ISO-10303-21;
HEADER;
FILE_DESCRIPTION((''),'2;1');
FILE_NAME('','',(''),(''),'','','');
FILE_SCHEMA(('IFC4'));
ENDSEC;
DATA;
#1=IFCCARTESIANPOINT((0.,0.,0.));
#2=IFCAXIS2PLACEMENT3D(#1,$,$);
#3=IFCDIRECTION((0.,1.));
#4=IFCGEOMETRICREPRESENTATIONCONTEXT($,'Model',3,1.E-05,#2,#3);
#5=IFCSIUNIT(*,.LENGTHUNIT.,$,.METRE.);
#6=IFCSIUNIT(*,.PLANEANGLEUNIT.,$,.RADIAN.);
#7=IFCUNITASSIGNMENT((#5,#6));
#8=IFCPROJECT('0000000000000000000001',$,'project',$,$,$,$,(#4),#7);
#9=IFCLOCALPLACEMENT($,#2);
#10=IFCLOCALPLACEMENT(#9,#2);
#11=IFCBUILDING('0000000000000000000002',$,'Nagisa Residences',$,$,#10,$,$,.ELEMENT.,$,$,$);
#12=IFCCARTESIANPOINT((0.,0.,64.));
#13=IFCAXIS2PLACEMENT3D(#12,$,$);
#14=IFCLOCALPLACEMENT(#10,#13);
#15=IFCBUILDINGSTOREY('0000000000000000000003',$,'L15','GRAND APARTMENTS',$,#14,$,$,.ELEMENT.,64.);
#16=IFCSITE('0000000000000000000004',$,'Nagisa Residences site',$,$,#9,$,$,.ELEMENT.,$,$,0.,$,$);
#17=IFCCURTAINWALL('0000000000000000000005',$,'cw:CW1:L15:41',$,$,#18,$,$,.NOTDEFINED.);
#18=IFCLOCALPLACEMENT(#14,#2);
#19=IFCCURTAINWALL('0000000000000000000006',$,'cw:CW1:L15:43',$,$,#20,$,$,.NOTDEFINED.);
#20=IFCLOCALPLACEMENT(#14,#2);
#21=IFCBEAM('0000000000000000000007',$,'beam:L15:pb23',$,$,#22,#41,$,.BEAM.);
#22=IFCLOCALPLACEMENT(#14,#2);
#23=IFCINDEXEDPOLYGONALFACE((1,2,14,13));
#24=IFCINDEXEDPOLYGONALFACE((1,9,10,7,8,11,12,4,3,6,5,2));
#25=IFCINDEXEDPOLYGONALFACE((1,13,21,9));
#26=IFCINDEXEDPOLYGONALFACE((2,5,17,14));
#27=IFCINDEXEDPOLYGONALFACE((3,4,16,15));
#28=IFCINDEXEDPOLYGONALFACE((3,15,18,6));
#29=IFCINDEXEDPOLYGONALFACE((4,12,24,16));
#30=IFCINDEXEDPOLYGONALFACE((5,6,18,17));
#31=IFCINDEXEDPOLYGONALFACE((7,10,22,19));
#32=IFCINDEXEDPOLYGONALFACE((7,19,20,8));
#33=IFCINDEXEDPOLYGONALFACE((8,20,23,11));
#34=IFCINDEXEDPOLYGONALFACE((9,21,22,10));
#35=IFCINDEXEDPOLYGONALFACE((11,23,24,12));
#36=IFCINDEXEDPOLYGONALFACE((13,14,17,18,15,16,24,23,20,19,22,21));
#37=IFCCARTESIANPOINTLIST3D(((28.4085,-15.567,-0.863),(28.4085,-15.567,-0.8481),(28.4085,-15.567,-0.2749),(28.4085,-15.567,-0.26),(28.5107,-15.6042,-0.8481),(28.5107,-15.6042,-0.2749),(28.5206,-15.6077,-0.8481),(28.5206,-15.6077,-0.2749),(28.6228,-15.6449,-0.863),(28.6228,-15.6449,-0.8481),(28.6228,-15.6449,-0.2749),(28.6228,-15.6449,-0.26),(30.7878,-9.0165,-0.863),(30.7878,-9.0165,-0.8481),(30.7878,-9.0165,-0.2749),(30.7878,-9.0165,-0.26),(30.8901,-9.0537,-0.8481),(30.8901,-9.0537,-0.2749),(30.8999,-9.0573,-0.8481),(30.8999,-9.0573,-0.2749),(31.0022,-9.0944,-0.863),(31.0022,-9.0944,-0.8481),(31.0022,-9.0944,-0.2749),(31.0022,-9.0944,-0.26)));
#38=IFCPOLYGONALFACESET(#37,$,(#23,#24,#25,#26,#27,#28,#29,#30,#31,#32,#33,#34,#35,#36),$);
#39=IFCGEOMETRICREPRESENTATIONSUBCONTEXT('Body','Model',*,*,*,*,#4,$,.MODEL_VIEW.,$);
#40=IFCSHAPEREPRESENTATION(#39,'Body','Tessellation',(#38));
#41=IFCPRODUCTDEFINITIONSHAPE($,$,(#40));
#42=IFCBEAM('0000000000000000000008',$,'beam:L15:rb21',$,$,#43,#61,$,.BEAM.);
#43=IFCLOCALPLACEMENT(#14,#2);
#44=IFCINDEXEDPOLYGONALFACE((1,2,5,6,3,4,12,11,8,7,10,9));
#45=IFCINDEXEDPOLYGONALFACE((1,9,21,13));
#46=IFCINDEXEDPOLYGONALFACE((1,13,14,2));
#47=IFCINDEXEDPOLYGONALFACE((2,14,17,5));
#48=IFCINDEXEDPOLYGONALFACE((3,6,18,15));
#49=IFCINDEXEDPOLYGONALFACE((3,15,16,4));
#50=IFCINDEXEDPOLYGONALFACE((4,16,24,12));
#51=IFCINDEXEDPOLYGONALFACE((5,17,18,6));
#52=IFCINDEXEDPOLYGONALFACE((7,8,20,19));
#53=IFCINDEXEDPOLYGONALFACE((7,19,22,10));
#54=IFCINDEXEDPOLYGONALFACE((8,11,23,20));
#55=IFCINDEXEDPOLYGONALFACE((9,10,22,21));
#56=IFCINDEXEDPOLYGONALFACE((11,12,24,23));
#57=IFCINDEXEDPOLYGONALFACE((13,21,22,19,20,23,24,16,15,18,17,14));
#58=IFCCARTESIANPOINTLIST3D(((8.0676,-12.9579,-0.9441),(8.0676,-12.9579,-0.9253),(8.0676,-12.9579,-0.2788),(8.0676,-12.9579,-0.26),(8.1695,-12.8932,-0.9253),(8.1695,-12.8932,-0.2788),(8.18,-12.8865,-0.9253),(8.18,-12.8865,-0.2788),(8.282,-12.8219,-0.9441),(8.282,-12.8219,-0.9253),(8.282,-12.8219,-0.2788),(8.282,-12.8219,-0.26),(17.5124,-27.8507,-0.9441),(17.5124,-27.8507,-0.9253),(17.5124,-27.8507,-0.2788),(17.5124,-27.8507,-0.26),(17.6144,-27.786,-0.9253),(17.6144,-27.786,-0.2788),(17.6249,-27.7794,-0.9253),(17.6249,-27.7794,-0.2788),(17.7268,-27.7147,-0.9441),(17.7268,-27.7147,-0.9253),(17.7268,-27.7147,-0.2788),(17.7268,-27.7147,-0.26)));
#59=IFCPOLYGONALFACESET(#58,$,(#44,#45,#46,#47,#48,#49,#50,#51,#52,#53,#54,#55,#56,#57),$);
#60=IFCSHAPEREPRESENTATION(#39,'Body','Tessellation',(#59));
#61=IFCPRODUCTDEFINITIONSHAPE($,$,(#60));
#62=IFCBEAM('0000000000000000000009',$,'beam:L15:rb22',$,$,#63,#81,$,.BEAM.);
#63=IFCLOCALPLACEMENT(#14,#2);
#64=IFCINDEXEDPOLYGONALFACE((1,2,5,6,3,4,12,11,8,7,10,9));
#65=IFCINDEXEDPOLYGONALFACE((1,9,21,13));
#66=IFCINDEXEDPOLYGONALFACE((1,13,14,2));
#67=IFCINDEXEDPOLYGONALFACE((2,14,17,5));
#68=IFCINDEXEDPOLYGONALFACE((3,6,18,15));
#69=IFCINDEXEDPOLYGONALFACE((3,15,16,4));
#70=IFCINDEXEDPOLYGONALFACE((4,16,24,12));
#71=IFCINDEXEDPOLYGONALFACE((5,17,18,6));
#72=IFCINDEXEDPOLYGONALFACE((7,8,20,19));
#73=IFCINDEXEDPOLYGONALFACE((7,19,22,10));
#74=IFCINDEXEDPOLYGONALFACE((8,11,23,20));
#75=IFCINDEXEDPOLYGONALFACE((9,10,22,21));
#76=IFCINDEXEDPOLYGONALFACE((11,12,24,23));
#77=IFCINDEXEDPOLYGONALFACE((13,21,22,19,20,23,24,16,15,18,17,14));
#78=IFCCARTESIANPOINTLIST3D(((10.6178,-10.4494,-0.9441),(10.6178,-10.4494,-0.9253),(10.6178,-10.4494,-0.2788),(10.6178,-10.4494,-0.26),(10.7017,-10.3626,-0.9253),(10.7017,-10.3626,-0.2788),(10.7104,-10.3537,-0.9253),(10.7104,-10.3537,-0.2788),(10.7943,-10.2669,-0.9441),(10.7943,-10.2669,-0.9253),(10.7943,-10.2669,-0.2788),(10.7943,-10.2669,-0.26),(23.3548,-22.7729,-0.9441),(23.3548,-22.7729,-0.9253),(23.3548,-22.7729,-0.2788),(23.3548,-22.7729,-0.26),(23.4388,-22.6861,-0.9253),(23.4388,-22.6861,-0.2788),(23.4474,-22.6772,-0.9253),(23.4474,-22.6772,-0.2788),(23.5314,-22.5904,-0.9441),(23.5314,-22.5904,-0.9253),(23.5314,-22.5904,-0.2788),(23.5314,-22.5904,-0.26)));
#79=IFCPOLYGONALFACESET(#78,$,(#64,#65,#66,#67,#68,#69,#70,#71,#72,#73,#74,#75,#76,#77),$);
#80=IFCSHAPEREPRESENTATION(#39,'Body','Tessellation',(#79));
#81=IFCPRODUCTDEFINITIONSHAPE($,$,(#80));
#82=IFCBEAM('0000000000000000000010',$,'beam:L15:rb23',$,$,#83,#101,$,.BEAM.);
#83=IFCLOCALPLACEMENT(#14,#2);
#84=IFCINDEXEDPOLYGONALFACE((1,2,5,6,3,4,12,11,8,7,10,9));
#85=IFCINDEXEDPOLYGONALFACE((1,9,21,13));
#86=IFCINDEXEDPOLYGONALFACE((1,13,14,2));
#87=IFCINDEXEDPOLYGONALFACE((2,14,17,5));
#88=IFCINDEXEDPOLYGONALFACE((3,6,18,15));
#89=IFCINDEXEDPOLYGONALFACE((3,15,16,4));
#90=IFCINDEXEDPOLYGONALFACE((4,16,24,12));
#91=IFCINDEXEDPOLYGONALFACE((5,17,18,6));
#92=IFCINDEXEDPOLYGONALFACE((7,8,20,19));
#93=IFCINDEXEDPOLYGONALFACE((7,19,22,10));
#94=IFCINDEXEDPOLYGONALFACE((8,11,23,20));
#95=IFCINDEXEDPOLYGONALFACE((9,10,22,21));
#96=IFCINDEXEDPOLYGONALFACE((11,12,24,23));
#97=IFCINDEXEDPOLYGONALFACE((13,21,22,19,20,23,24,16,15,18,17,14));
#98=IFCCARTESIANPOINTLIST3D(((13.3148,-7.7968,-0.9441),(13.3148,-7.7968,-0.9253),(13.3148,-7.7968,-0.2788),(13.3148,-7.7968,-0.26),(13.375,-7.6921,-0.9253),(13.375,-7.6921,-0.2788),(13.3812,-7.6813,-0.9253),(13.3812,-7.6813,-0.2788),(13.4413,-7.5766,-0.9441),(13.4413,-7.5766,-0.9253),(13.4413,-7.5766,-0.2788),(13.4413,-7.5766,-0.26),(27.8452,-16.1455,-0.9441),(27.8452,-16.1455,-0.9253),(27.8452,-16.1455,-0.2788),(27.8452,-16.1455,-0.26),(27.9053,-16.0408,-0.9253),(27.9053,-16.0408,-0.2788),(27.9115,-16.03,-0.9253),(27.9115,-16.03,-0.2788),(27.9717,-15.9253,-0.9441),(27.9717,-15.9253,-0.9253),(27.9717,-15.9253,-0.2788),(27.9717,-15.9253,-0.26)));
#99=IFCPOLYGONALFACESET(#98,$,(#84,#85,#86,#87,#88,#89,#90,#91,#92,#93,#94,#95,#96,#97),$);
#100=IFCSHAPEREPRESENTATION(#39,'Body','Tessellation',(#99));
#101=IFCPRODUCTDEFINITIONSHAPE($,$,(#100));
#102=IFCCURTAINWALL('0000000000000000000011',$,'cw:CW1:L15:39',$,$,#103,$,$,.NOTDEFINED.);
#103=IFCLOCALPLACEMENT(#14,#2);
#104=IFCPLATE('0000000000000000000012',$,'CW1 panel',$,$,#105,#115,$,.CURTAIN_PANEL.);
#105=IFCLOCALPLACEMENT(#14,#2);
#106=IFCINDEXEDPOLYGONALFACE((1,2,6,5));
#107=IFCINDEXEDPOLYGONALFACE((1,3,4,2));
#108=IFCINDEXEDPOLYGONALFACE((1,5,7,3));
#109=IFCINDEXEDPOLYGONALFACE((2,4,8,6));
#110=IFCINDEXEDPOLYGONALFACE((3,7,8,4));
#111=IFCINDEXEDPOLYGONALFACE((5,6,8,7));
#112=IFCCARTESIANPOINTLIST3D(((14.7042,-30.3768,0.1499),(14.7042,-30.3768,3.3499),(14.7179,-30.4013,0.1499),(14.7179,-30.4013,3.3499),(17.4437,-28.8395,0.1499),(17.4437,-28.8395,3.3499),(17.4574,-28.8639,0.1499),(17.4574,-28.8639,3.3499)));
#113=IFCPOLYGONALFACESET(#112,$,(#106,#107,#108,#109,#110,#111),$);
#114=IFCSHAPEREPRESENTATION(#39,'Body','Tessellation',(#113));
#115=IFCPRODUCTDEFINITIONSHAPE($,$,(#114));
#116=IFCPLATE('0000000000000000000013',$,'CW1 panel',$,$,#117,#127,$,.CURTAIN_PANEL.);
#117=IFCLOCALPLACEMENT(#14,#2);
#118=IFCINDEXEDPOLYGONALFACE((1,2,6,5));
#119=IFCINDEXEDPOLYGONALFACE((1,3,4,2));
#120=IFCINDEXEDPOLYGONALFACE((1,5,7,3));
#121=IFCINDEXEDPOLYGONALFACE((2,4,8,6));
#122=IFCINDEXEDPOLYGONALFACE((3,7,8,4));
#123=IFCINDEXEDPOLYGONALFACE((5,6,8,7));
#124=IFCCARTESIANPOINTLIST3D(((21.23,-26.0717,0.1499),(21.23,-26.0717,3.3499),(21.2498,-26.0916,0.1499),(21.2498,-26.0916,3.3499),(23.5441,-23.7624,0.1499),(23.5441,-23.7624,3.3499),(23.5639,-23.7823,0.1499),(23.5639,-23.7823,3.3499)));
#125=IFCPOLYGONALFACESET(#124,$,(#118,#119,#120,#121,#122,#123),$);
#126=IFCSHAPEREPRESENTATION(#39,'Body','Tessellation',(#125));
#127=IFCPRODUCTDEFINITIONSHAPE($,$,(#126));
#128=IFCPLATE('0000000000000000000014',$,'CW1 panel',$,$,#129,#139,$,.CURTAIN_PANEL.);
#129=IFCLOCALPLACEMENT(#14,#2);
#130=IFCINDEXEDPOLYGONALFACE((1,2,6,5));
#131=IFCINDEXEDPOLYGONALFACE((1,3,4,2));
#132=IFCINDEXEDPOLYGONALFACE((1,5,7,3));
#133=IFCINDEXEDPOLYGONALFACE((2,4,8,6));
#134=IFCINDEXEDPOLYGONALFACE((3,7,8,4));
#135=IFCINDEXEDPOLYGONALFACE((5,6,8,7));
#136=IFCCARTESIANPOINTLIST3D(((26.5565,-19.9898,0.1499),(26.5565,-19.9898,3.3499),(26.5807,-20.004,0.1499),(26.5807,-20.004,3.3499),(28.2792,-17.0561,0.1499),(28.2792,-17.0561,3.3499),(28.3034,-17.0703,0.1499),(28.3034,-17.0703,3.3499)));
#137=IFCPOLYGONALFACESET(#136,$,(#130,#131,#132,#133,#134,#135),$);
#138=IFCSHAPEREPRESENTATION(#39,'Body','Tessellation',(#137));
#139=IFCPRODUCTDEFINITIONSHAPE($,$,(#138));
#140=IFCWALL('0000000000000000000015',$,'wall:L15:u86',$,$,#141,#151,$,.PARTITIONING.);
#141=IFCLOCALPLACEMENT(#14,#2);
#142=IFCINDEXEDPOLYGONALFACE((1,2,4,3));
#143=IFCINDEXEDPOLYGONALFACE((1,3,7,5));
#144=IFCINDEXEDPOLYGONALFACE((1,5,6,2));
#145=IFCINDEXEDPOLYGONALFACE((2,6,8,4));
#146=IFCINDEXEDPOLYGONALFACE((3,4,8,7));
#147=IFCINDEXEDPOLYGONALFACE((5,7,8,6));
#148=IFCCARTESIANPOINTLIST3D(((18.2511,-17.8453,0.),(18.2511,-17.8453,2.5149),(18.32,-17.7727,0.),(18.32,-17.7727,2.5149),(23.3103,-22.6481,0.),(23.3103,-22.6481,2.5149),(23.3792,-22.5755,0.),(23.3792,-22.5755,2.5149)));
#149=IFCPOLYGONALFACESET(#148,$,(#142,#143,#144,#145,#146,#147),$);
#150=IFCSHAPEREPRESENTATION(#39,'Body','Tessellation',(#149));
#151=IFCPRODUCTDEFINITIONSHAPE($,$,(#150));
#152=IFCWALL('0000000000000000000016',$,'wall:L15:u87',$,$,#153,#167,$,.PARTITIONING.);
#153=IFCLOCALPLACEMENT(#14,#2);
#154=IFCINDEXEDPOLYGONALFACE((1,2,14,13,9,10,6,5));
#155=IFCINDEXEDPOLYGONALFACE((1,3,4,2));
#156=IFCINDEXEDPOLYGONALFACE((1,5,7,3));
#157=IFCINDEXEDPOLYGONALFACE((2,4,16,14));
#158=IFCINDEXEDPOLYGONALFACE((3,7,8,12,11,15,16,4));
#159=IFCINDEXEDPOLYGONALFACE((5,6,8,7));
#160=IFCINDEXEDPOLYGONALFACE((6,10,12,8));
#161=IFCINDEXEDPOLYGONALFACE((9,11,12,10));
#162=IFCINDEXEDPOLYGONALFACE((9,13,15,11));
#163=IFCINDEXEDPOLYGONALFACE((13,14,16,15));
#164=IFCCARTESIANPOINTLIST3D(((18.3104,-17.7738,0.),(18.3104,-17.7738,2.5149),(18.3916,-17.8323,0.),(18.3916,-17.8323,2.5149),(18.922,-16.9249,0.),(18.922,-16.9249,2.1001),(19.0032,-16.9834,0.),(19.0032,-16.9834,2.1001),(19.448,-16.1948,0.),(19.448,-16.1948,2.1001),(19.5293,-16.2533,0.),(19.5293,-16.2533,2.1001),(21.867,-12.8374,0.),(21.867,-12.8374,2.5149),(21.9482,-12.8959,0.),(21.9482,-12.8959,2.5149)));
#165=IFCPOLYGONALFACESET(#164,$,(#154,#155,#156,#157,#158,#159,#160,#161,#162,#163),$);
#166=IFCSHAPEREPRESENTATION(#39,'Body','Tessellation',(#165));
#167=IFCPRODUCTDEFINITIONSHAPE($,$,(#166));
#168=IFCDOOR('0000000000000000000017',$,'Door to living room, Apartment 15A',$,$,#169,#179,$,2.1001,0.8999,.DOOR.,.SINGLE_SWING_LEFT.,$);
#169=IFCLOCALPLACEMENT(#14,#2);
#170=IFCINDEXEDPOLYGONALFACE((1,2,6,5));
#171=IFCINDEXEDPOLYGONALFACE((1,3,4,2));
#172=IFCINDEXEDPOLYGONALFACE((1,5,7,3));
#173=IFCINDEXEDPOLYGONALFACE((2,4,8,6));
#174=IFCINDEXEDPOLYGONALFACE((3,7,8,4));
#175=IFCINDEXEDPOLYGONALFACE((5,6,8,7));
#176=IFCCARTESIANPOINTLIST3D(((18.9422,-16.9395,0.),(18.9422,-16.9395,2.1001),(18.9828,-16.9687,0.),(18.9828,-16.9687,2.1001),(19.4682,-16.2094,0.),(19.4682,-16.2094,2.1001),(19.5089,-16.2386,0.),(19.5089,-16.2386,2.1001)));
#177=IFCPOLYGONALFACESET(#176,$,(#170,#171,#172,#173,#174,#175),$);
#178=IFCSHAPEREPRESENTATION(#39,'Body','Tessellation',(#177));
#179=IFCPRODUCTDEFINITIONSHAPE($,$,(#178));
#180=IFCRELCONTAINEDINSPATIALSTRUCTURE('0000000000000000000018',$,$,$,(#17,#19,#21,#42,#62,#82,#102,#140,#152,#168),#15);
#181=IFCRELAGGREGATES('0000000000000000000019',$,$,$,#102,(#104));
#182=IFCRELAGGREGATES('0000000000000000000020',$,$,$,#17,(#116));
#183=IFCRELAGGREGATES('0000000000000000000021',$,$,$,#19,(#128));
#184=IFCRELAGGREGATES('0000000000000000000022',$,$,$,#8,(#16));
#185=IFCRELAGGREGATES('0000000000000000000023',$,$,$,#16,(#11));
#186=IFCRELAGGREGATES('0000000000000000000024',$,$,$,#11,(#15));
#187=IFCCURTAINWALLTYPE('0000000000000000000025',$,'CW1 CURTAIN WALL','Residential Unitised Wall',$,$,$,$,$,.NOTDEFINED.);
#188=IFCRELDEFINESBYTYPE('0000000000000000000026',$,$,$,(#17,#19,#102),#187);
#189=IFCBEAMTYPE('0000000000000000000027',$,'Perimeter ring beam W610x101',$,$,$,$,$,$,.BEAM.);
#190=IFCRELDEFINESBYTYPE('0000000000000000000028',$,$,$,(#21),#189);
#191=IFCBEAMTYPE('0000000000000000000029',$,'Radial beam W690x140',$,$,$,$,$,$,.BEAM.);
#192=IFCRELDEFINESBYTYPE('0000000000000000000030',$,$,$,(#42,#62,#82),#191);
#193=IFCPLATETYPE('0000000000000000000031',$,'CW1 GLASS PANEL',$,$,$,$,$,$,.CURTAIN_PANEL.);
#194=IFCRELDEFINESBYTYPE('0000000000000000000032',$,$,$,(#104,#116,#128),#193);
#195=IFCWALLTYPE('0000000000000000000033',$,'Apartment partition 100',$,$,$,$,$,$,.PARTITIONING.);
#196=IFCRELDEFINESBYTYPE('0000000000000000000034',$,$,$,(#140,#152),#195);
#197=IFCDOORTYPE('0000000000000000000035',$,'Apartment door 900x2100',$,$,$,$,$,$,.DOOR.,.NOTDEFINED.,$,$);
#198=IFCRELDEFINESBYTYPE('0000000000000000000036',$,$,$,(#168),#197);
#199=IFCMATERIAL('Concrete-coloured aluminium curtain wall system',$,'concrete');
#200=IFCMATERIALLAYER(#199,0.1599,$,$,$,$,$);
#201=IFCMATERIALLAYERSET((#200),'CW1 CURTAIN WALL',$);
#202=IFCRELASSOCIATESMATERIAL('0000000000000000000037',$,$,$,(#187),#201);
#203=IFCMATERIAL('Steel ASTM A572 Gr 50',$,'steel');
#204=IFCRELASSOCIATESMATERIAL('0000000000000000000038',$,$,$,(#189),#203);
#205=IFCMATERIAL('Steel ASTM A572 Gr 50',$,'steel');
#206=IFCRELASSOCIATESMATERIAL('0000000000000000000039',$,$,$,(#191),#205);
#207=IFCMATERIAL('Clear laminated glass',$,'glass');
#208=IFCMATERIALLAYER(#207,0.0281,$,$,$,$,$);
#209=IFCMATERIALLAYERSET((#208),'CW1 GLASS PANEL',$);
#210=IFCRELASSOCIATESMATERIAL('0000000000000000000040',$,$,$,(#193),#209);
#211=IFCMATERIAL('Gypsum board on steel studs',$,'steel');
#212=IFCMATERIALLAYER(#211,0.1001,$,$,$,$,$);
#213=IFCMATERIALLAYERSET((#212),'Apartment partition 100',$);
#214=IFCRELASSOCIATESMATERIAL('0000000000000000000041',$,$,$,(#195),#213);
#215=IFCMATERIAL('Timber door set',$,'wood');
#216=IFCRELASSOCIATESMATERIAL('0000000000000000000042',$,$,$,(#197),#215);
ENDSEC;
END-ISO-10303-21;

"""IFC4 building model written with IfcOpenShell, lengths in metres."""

from ifc_helpers import new_model, si_unit, direction, frame, frame_2d, origin, origin_2d, place, context, subcontext, project, spatial, rectangle, i_section, extrude, material, layer, layer_set, material_profile, profile_set, type_object, element, fill, aggregate, save


model = new_model("IFC4")

# Units and contexts
model_context = context("Model", 3, precision=1e-05, world=origin(), true_north=direction((0.0, 1.0)))
body_context = subcontext(model_context, "Body", "Model", "MODEL_VIEW")
ifc_project = project(units=[si_unit("LENGTHUNIT", "METRE"), si_unit("PLANEANGLEUNIT", "RADIAN")], contexts=[model_context])

# Site, building, storey
site_placement = place(None, origin())
site = spatial("IfcSite", under=ifc_project, at=site_placement, Name="Nagisa Residences site", CompositionType="ELEMENT", RefElevation=0.0)
building_placement = place(site_placement, origin())
building = spatial("IfcBuilding", under=site, at=building_placement, Name="Nagisa Residences", CompositionType="ELEMENT")
storey_placement = place(building_placement, frame((0.0, 0.0, 64.0)))
storey = spatial("IfcBuildingStorey", under=building, at=storey_placement, Name="L15", Description="GRAND APARTMENTS", CompositionType="ELEMENT", Elevation=64.0)

# Curtain walls
ifc_material_1 = material(Name="Concrete-coloured aluminium curtain wall system", Category="concrete")
ifc_layer_1 = layer(ifc_material_1, 0.1599)
ifc_layer_set_1 = layer_set([ifc_layer_1], Name="CW1 CURTAIN WALL")
curtain_wall_type = type_object("IfcCurtainWallType", Name="CW1 CURTAIN WALL", Description="Residential Unitised Wall", PredefinedType="NOTDEFINED", material=ifc_layer_set_1)
curtain_wall_1_placement = place(storey_placement, origin())
curtain_wall_1 = element("IfcCurtainWall", 1, at=curtain_wall_1_placement, inside=storey, type_object=curtain_wall_type, Name="cw:CW1:L15:41", PredefinedType="NOTDEFINED")
curtain_wall_2_placement = place(storey_placement, origin())
curtain_wall_2 = element("IfcCurtainWall", 2, at=curtain_wall_2_placement, inside=storey, type_object=curtain_wall_type, Name="cw:CW1:L15:43", PredefinedType="NOTDEFINED")

# Beams
ifc_material_2 = material(Name="Steel ASTM A572 Gr 50", Category="steel")
ifc_material_profile_1 = material_profile(ifc_material_2, i_section(OverallWidth=0.228, OverallDepth=0.603, WebThickness=0.0105, FlangeThickness=0.0149, at=origin_2d()), Name="W610x101")
ifc_profile_set_1 = profile_set([ifc_material_profile_1], Name="Steel ASTM A572 Gr 50")
beam_type_1 = type_object("IfcBeamType", Name="Perimeter ring beam W610x101", PredefinedType="BEAM", material=ifc_profile_set_1)
beam_1_placement = place(storey_placement, frame((28.5156, -15.606, -0.5615), z_axis=(0.341411, 0.939914, 0.0), x_axis=(-0.939914, 0.341411, 0.0)))
element("IfcBeam", 3, at=beam_1_placement, inside=storey, type_object=beam_type_1, Name="beam:L15:pb23", PredefinedType="BEAM", context=body_context, shape_type="SweptSolid", body=[
    extrude(i_section(OverallWidth=0.228, OverallDepth=0.603, WebThickness=0.0105, FlangeThickness=0.0149, at=origin_2d()), origin(), (0.0, 0.0, 1.0), 6.9692),
])
ifc_material_3 = material(Name="Steel ASTM A572 Gr 50", Category="steel")
ifc_material_profile_2 = material_profile(ifc_material_3, i_section(OverallWidth=0.2539, OverallDepth=0.6841, WebThickness=0.0125, FlangeThickness=0.0188, at=origin_2d()), Name="W690x140")
ifc_profile_set_2 = profile_set([ifc_material_profile_2], Name="Steel ASTM A572 Gr 50")
beam_type_2 = type_object("IfcBeamType", Name="Radial beam W690x140", PredefinedType="BEAM", material=ifc_profile_set_2)
beam_2_placement = place(storey_placement, frame((17.6196, -27.7827, -0.6021), z_axis=(-0.535566, 0.844493, 0.0), x_axis=(-0.844493, -0.535566, 0.0)))
element("IfcBeam", 4, at=beam_2_placement, inside=storey, type_object=beam_type_2, Name="beam:L15:rb21", PredefinedType="BEAM", context=body_context, shape_type="SweptSolid", body=[
    extrude(i_section(OverallWidth=0.2539, OverallDepth=0.6841, WebThickness=0.0125, FlangeThickness=0.0188, at=origin_2d()), origin(), (0.0, 0.0, 1.0), 17.6353),
])
beam_3_placement = place(storey_placement, frame((23.4431, -22.6816, -0.6021), z_axis=(-0.718678, 0.695343, 0.0), x_axis=(-0.695343, -0.718678, 0.0)))
element("IfcBeam", 5, at=beam_3_placement, inside=storey, type_object=beam_type_2, Name="beam:L15:rb22", PredefinedType="BEAM", context=body_context, shape_type="SweptSolid", body=[
    extrude(i_section(OverallWidth=0.2539, OverallDepth=0.6841, WebThickness=0.0125, FlangeThickness=0.0188, at=origin_2d()), origin(), (0.0, 0.0, 1.0), 17.7229),
])
beam_4_placement = place(storey_placement, frame((27.9084, -16.0354, -0.6021), z_axis=(-0.867068, 0.49819, 0.0), x_axis=(-0.49819, -0.867068, 0.0)))
element("IfcBeam", 6, at=beam_4_placement, inside=storey, type_object=beam_type_2, Name="beam:L15:rb23", PredefinedType="BEAM", context=body_context, shape_type="SweptSolid", body=[
    extrude(i_section(OverallWidth=0.2539, OverallDepth=0.6841, WebThickness=0.0125, FlangeThickness=0.0188, at=origin_2d()), origin(), (0.0, 0.0, 1.0), 16.7581),
])

# Curtain wall, plate
curtain_wall_3_placement = place(storey_placement, origin())
curtain_wall_3 = element("IfcCurtainWall", 7, at=curtain_wall_3_placement, inside=storey, type_object=curtain_wall_type, Name="cw:CW1:L15:39", PredefinedType="NOTDEFINED")
ifc_material_4 = material(Name="Clear laminated glass", Category="glass")
ifc_layer_2 = layer(ifc_material_4, 0.0281)
ifc_layer_set_2 = layer_set([ifc_layer_2], Name="CW1 GLASS PANEL")
plate_type = type_object("IfcPlateType", Name="CW1 GLASS PANEL", PredefinedType="CURTAIN_PANEL", material=ifc_layer_set_2)
plate_1_placement = place(storey_placement, frame((16.0808, -29.6204, 0.1499), z_axis=(0.0, 0.0, 1.0), x_axis=(0.872072, 0.489377, 0.0)))
plate_1 = element("IfcPlate", 8, at=plate_1_placement, type_object=plate_type, Name="CW1 panel", PredefinedType="CURTAIN_PANEL", context=body_context, shape_type="SweptSolid", body=[
    extrude(rectangle(XDim=3.1414, YDim=0.0281, at=origin_2d()), origin(), (0.0, 0.0, 1.0), 3.2),
])
aggregate(curtain_wall_3, [plate_1])

# Plates
plate_2_placement = place(storey_placement, frame((22.397, -24.927, 0.1499), z_axis=(0.0, 0.0, 1.0), x_axis=(0.707836, 0.706377, 0.0)))
plate_2 = element("IfcPlate", 9, at=plate_2_placement, type_object=plate_type, Name="CW1 panel", PredefinedType="CURTAIN_PANEL", context=body_context, shape_type="SweptSolid", body=[
    extrude(rectangle(XDim=3.2693, YDim=0.0281, at=origin_2d()), origin(), (0.0, 0.0, 1.0), 3.2),
])
aggregate(curtain_wall_1, [plate_2])
plate_3_placement = place(storey_placement, frame((27.4299, -18.53, 0.1499), z_axis=(0.0, 0.0, 1.0), x_axis=(0.506349, 0.862329, 0.0)))
plate_3 = element("IfcPlate", 10, at=plate_3_placement, type_object=plate_type, Name="CW1 panel", PredefinedType="CURTAIN_PANEL", context=body_context, shape_type="SweptSolid", body=[
    extrude(rectangle(XDim=3.4021, YDim=0.0281, at=origin_2d()), origin(), (0.0, 0.0, 1.0), 3.2),
])
aggregate(curtain_wall_2, [plate_3])

# Wall
ifc_material_5 = material(Name="Gypsum board on steel studs", Category="steel")
ifc_layer_3 = layer(ifc_material_5, 0.1001)
ifc_layer_set_3 = layer_set([ifc_layer_3], Name="Apartment partition 100")
wall_type_1 = type_object("IfcWallType", Name="Apartment partition 100", PredefinedType="PARTITIONING", material=ifc_layer_set_3)
wall_1_placement = place(storey_placement, frame((18.2856, -17.8091, 0.0), z_axis=(0.0, 0.0, 1.0), x_axis=(0.725242, -0.688494, 0.0)))
element("IfcWall", 11, at=wall_1_placement, inside=storey, type_object=wall_type_1, Name="wall:L15:u86", PredefinedType="PARTITIONING", context=body_context, shape_type="SweptSolid", body=[
    extrude(rectangle(XDim=6.9758, YDim=0.1001, at=frame_2d((3.4878, 0.0))), origin(), (0.0, 0.0, 1.0), 2.5149),
])

# Wall, opening, door
wall_2_placement = place(storey_placement, frame((18.3511, -17.803, 0.0), z_axis=(0.0, 0.0, 1.0), x_axis=(0.584558, 0.811352, 0.0)))
wall_2 = element("IfcWall", 12, at=wall_2_placement, inside=storey, type_object=wall_type_1, Name="wall:L15:u87", PredefinedType="PARTITIONING", context=body_context, shape_type="SweptSolid", body=[
    extrude(rectangle(XDim=6.0842, YDim=0.1001, at=frame_2d((3.042, 0.0))), origin(), (0.0, 0.0, 1.0), 2.5149),
])
opening_1_placement = place(wall_2_placement, frame((1.0461, 0.0, 0.0)))
opening_1 = element("IfcOpeningElement", 13, at=opening_1_placement, cuts=wall_2, PredefinedType="OPENING", context=body_context, shape_type="SweptSolid", body=[
    extrude(rectangle(XDim=0.8999, YDim=2.1001, at=frame_2d((0.45, 1.05))), frame((0.0, 0.0601, 0.0), z_axis=(0.0, -1.0, 0.0), x_axis=(1.0, 0.0, 0.0)), (0.0, 0.0, 1.0), 0.1201),
])
ifc_material_6 = material(Name="Timber door set", Category="wood")
door_type_1 = type_object("IfcDoorType", Name="Apartment door 900x2100", OperationType="NOTDEFINED", PredefinedType="DOOR", material=ifc_material_6)
door_1_placement = place(opening_1_placement, frame((0.8999, 0.0, 0.0), x_axis=(-1.0, 0.0, 0.0)))
door_1 = element("IfcDoor", 14, at=door_1_placement, inside=storey, type_object=door_type_1, Name="Door to living room, Apartment 15A", OperationType="SINGLE_SWING_LEFT", OverallHeight=2.1001, OverallWidth=0.8999, PredefinedType="DOOR", context=body_context, shape_type="SweptSolid", body=[
    extrude(rectangle(XDim=0.8999, YDim=2.1001, at=frame_2d((0.45, 1.05))), frame((0.0, 0.0249, 0.0), z_axis=(0.0, -1.0, 0.0), x_axis=(1.0, 0.0, 0.0)), (0.0, 0.0, 1.0), 0.05),
])
fill(opening_1, door_1)

save(model, "model.ifc")
